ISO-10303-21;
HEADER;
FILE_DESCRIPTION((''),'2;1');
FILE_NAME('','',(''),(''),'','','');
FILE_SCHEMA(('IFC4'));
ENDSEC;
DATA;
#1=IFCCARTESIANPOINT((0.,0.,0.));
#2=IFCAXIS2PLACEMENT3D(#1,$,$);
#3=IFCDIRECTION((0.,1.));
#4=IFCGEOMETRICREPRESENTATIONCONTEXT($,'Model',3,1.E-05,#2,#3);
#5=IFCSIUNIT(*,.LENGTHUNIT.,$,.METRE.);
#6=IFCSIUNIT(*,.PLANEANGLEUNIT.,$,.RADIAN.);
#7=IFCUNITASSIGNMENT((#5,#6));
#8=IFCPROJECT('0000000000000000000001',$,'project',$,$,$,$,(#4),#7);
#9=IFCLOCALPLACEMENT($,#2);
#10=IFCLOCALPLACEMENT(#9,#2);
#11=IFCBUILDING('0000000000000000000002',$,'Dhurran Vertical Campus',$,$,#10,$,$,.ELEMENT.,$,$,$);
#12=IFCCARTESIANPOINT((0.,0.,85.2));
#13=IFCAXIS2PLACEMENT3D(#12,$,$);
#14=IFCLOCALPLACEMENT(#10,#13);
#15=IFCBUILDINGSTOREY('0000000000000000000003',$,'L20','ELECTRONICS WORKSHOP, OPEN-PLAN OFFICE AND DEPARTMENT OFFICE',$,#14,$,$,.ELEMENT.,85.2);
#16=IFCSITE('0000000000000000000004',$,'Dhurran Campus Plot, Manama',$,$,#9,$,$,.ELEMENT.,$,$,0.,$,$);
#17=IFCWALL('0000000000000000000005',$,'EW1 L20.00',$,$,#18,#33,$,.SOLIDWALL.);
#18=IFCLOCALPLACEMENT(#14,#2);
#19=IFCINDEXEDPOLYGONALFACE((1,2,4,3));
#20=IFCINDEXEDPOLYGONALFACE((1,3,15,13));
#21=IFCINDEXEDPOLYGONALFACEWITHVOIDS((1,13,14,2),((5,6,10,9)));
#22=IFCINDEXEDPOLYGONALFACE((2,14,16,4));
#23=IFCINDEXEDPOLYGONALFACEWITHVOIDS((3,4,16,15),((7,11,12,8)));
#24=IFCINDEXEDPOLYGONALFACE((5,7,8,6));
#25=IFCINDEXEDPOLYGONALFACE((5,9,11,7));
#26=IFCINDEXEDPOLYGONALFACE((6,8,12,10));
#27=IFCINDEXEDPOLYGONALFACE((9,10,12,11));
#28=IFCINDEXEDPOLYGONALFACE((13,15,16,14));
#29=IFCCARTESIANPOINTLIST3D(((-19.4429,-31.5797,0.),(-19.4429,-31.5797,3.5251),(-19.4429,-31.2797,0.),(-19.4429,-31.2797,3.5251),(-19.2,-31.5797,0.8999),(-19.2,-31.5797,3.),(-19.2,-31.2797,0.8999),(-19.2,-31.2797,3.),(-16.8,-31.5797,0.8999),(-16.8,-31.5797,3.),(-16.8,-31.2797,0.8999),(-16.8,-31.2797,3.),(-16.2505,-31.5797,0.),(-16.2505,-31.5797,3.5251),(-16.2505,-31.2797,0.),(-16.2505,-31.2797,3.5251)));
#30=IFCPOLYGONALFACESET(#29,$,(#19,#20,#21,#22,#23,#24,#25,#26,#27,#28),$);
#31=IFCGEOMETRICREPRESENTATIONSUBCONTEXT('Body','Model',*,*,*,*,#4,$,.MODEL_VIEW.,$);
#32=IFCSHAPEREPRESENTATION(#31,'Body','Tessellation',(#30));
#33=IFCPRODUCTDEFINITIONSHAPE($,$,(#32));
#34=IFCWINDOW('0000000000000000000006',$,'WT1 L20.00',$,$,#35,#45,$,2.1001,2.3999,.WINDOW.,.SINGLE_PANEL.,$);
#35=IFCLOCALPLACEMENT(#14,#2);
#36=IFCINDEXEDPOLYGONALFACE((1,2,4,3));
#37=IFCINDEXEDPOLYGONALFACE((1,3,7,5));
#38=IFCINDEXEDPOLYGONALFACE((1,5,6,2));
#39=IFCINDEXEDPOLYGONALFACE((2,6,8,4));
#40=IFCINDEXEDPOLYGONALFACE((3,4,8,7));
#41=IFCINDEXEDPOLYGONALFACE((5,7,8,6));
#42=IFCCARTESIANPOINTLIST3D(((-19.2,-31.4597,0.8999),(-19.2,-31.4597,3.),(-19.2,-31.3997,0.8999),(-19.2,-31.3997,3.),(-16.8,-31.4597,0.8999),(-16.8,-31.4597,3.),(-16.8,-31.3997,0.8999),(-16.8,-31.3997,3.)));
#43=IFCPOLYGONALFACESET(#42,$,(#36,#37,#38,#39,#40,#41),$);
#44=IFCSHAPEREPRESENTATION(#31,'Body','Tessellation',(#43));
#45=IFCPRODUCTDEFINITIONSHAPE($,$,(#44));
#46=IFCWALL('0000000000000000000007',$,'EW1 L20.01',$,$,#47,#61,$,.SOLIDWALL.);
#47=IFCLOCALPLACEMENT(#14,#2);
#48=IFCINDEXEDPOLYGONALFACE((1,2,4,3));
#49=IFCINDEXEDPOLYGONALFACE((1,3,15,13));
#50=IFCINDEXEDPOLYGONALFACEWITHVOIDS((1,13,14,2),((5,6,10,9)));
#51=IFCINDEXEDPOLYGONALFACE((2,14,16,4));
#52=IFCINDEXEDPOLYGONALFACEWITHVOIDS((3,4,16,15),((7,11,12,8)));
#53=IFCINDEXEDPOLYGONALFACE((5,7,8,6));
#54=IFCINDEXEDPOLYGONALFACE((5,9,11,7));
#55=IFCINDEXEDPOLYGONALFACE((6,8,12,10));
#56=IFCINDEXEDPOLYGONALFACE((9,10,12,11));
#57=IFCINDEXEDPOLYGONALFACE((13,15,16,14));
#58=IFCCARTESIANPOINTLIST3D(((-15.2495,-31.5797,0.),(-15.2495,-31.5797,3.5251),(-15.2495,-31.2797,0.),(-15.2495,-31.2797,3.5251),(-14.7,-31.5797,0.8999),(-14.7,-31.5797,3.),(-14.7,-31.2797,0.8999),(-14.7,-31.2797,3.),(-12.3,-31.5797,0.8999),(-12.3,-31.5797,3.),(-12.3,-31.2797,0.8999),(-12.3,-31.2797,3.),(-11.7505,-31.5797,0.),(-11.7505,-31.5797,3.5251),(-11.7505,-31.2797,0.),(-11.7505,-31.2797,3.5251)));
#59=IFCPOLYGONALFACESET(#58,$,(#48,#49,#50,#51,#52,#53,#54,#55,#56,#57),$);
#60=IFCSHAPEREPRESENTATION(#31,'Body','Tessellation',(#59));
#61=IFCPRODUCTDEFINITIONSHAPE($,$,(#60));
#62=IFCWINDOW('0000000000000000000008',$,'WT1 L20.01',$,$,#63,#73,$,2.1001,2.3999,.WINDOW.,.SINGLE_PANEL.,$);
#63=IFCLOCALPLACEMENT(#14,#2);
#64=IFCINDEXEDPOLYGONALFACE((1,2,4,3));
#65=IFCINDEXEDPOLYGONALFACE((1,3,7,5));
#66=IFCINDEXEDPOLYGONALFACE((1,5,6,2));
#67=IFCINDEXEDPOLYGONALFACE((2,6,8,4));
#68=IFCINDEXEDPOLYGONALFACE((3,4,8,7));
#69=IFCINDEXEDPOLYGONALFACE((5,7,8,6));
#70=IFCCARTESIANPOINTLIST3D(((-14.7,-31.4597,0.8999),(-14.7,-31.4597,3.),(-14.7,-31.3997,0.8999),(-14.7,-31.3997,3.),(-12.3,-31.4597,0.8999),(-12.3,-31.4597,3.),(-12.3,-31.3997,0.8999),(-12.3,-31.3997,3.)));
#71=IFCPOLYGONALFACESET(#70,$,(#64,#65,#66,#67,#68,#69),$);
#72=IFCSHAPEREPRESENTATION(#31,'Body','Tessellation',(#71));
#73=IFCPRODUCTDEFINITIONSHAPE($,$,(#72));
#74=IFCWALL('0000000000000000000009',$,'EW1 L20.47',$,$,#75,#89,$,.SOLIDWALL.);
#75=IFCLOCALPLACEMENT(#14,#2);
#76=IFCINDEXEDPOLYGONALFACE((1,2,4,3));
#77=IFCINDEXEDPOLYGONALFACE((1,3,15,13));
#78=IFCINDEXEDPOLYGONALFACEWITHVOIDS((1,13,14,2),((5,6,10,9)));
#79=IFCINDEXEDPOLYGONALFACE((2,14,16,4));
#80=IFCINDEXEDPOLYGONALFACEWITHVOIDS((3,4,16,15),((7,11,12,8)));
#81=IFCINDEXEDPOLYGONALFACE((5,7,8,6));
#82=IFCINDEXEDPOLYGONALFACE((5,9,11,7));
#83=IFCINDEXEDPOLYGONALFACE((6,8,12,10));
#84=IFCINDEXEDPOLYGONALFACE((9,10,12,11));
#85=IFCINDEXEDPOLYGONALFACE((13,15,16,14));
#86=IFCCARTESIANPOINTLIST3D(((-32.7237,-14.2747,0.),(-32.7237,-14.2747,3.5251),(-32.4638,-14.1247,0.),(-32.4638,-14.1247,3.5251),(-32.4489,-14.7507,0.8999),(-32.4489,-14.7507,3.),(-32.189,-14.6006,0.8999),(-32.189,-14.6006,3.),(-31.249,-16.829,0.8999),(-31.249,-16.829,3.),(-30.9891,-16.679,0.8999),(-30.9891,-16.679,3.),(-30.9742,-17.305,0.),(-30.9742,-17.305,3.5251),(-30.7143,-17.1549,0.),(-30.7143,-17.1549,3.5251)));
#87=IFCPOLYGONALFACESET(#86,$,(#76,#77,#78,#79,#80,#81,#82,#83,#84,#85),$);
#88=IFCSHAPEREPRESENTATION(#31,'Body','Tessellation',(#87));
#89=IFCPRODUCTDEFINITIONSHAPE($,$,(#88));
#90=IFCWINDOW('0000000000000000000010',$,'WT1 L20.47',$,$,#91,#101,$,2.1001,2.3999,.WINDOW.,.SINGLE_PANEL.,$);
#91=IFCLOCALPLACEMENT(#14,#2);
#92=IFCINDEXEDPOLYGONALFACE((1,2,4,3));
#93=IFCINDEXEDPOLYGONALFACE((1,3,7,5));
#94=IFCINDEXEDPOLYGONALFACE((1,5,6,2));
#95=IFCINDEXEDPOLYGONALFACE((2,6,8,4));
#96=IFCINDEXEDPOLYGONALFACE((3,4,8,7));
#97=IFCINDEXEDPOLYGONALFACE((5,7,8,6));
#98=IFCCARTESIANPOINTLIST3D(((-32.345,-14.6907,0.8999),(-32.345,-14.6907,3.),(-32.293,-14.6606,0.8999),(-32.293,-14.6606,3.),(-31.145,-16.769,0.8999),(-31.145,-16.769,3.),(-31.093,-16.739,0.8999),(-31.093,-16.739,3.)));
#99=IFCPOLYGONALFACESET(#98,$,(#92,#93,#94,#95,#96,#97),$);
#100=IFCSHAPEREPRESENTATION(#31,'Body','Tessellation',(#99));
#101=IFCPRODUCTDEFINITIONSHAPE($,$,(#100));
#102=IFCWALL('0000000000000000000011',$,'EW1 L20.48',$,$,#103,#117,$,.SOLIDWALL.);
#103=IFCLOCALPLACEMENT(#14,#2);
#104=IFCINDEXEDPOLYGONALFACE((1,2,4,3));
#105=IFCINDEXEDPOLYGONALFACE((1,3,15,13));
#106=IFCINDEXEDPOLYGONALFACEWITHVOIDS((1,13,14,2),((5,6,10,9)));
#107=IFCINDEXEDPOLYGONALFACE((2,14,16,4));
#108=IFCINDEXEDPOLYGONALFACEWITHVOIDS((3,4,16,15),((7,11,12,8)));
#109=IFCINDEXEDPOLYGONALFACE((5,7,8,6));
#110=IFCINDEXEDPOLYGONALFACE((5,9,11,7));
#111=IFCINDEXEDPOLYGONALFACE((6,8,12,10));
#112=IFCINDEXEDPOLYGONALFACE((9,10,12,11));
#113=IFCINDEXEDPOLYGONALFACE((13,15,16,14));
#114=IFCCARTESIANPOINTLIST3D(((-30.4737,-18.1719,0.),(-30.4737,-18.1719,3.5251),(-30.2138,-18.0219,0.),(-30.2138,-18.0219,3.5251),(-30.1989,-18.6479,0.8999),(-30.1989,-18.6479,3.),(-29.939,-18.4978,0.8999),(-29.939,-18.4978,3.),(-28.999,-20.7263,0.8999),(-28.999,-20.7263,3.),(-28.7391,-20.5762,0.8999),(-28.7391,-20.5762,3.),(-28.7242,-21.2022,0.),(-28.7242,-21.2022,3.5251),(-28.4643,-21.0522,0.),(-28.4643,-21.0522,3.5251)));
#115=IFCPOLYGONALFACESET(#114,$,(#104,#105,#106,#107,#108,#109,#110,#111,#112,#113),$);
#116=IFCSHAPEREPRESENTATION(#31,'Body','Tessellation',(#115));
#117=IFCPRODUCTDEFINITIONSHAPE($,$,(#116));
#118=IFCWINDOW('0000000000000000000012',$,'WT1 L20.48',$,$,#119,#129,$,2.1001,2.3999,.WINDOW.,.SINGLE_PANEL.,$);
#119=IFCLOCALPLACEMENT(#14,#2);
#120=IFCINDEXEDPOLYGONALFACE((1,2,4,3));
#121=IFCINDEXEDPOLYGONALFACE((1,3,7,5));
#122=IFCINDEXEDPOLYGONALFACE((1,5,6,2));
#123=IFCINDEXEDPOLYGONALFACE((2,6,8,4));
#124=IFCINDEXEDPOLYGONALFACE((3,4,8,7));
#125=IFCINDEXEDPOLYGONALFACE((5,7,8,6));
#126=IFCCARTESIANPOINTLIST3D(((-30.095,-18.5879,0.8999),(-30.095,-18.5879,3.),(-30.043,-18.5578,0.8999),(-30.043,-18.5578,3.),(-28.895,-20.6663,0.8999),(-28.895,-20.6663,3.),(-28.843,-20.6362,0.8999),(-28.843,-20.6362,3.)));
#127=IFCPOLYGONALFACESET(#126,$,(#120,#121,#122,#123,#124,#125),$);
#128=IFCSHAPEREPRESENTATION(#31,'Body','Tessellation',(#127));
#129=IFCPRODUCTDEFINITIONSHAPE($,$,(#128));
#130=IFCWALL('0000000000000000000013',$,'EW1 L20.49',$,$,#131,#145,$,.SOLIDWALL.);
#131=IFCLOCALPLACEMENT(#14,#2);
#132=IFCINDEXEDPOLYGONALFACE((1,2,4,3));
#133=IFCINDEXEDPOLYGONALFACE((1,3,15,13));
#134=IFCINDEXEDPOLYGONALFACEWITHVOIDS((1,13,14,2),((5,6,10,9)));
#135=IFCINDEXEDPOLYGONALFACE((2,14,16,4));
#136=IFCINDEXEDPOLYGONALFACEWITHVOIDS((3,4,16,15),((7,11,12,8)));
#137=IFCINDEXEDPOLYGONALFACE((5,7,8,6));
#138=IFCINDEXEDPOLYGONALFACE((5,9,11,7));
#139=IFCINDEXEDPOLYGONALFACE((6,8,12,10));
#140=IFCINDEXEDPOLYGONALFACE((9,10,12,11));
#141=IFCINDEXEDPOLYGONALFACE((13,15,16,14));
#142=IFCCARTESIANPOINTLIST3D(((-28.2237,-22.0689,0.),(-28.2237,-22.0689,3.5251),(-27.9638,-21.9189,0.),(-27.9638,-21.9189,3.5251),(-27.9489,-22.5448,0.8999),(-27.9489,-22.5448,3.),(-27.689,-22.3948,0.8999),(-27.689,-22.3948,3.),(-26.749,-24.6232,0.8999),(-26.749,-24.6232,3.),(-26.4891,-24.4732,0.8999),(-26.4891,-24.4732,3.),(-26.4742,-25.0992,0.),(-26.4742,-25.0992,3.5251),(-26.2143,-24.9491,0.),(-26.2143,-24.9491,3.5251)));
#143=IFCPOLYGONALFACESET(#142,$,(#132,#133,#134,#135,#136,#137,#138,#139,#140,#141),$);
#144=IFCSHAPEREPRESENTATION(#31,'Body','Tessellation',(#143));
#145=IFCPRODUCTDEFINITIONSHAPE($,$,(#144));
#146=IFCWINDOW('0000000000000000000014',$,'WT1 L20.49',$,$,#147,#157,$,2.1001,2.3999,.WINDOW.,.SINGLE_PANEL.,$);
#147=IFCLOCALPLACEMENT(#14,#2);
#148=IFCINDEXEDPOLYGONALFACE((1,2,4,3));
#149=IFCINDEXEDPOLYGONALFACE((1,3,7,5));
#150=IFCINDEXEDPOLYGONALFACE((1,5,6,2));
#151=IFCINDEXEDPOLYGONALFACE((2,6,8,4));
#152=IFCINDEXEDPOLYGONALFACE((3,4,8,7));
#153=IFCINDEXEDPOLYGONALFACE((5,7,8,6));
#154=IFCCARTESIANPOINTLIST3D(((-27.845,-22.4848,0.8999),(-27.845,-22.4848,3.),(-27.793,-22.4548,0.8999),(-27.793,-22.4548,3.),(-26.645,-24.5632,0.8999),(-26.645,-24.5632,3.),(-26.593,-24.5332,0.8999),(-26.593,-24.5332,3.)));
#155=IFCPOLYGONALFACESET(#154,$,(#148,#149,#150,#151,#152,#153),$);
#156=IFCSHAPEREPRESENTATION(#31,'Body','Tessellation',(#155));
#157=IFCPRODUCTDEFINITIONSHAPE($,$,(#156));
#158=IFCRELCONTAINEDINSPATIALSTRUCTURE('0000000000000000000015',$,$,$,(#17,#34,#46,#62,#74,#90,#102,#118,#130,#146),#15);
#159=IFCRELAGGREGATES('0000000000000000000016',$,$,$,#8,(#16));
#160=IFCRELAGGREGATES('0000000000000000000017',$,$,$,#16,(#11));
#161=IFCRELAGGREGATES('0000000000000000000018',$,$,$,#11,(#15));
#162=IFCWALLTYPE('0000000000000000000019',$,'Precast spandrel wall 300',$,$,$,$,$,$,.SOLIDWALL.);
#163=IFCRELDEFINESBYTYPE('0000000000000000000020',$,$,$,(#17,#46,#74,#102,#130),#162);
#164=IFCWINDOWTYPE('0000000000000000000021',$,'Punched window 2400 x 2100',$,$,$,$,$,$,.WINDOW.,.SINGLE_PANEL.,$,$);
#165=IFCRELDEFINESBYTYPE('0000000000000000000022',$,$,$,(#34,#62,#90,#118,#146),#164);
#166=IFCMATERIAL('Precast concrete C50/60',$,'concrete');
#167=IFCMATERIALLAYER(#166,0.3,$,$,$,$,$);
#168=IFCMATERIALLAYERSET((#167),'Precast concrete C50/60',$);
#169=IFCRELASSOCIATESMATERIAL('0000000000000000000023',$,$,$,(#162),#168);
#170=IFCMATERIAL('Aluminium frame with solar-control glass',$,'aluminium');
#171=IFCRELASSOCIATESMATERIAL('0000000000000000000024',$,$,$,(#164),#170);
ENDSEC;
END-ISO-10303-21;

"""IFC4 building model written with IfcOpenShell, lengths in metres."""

from ifc_helpers import new_model, si_unit, direction, frame, frame_2d, origin, place, context, subcontext, project, spatial, rectangle, extrude, material, layer, layer_set, type_object, element, fill, save


model = new_model("IFC4")

# Units and contexts
model_context = context("Model", 3, precision=1e-05, world=origin(), true_north=direction((0.0, 1.0)))
body_context = subcontext(model_context, "Body", "Model", "MODEL_VIEW")
ifc_project = project(units=[si_unit("LENGTHUNIT", "METRE"), si_unit("PLANEANGLEUNIT", "RADIAN")], contexts=[model_context])

# Site, building, storey
site_placement = place(None, origin())
site = spatial("IfcSite", under=ifc_project, at=site_placement, Name="Dhurran Campus Plot, Manama", CompositionType="ELEMENT", RefElevation=0.0)
building_placement = place(site_placement, origin())
building = spatial("IfcBuilding", under=site, at=building_placement, Name="Dhurran Vertical Campus", CompositionType="ELEMENT")
storey_placement = place(building_placement, frame((0.0, 0.0, 85.2)))
storey = spatial("IfcBuildingStorey", under=building, at=storey_placement, Name="L20", Description="ELECTRONICS WORKSHOP, OPEN-PLAN OFFICE AND DEPARTMENT OFFICE", CompositionType="ELEMENT", Elevation=85.2)

# Walls, openings, windows
ifc_material_1 = material(Name="Precast concrete C50/60", Category="concrete")
ifc_layer_1 = layer(ifc_material_1, 0.3)
ifc_layer_set_1 = layer_set([ifc_layer_1], Name="Precast concrete C50/60")
wall_type_1 = type_object("IfcWallType", Name="Precast spandrel wall 300", PredefinedType="SOLIDWALL", material=ifc_layer_set_1)
wall_1_placement = place(storey_placement, frame((-19.4429, -31.4297, 0.0), z_axis=(0.0, 0.0, 1.0), x_axis=(1.0, 0.0, 0.0)))
wall_1 = element("IfcWall", 1, at=wall_1_placement, inside=storey, type_object=wall_type_1, Name="EW1 L20.00", PredefinedType="SOLIDWALL", context=body_context, shape_type="SweptSolid", body=[
    extrude(rectangle(XDim=3.1924, YDim=0.3, at=frame_2d((1.5962, 0.0))), origin(), (0.0, 0.0, 1.0), 3.5251),
])
opening_1_placement = place(wall_1_placement, frame((0.2429, 0.0, 0.8999)))
opening_1 = element("IfcOpeningElement", 2, at=opening_1_placement, cuts=wall_1, PredefinedType="OPENING", context=body_context, shape_type="SweptSolid", body=[
    extrude(rectangle(XDim=2.3999, YDim=2.1001, at=frame_2d((1.2, 1.05))), frame((0.0, 0.1599, 0.0), z_axis=(0.0, -1.0, 0.0), x_axis=(1.0, 0.0, 0.0)), (0.0, 0.0, 1.0), 0.3201),
])
ifc_material_2 = material(Name="Aluminium frame with solar-control glass", Category="aluminium")
window_type = type_object("IfcWindowType", Name="Punched window 2400 x 2100", PartitioningType="SINGLE_PANEL", PredefinedType="WINDOW", material=ifc_material_2)
window_1_placement = place(opening_1_placement, origin())
window_1 = element("IfcWindow", 3, at=window_1_placement, inside=storey, type_object=window_type, Name="WT1 L20.00", OverallHeight=2.1001, OverallWidth=2.3999, PartitioningType="SINGLE_PANEL", PredefinedType="WINDOW", context=body_context, shape_type="SweptSolid", body=[
    extrude(rectangle(XDim=2.3999, YDim=2.1001, at=frame_2d((1.2, 1.05))), frame((0.0, 0.03, 0.0), z_axis=(0.0, -1.0, 0.0), x_axis=(1.0, 0.0, 0.0)), (0.0, 0.0, 1.0), 0.0601),
])
fill(opening_1, window_1)
wall_2_placement = place(storey_placement, frame((-15.2495, -31.4297, 0.0), z_axis=(0.0, 0.0, 1.0), x_axis=(1.0, 0.0, 0.0)))
wall_2 = element("IfcWall", 4, at=wall_2_placement, inside=storey, type_object=wall_type_1, Name="EW1 L20.01", PredefinedType="SOLIDWALL", context=body_context, shape_type="SweptSolid", body=[
    extrude(rectangle(XDim=3.499, YDim=0.3, at=frame_2d((1.7495, 0.0))), origin(), (0.0, 0.0, 1.0), 3.5251),
])
opening_2_placement = place(wall_2_placement, frame((0.5496, 0.0, 0.8999)))
opening_2 = element("IfcOpeningElement", 5, at=opening_2_placement, cuts=wall_2, PredefinedType="OPENING", context=body_context, shape_type="SweptSolid", body=[
    extrude(rectangle(XDim=2.3999, YDim=2.1001, at=frame_2d((1.2, 1.05))), frame((0.0, 0.1599, 0.0), z_axis=(0.0, -1.0, 0.0), x_axis=(1.0, 0.0, 0.0)), (0.0, 0.0, 1.0), 0.3201),
])
window_2_placement = place(opening_2_placement, origin())
window_2 = element("IfcWindow", 6, at=window_2_placement, inside=storey, type_object=window_type, Name="WT1 L20.01", OverallHeight=2.1001, OverallWidth=2.3999, PartitioningType="SINGLE_PANEL", PredefinedType="WINDOW", context=body_context, shape_type="SweptSolid", body=[
    extrude(rectangle(XDim=2.3999, YDim=2.1001, at=frame_2d((1.2, 1.05))), frame((0.0, 0.03, 0.0), z_axis=(0.0, -1.0, 0.0), x_axis=(1.0, 0.0, 0.0)), (0.0, 0.0, 1.0), 0.0601),
])
fill(opening_2, window_2)
wall_3_placement = place(storey_placement, frame((-32.5938, -14.1997, 0.0), z_axis=(0.0, 0.0, 1.0), x_axis=(0.499996, -0.866028, 0.0)))
wall_3 = element("IfcWall", 7, at=wall_3_placement, inside=storey, type_object=wall_type_1, Name="EW1 L20.47", PredefinedType="SOLIDWALL", context=body_context, shape_type="SweptSolid", body=[
    extrude(rectangle(XDim=3.499, YDim=0.3, at=frame_2d((1.7495, 0.0))), origin(), (0.0, 0.0, 1.0), 3.5251),
])
opening_3_placement = place(wall_3_placement, frame((0.5496, 0.0, 0.8999)))
opening_3 = element("IfcOpeningElement", 8, at=opening_3_placement, cuts=wall_3, PredefinedType="OPENING", context=body_context, shape_type="SweptSolid", body=[
    extrude(rectangle(XDim=2.3999, YDim=2.1001, at=frame_2d((1.2, 1.05))), frame((0.0, 0.1599, 0.0), z_axis=(0.0, -1.0, 0.0), x_axis=(1.0, 0.0, 0.0)), (0.0, 0.0, 1.0), 0.3201),
])
window_3_placement = place(opening_3_placement, origin())
window_3 = element("IfcWindow", 9, at=window_3_placement, inside=storey, type_object=window_type, Name="WT1 L20.47", OverallHeight=2.1001, OverallWidth=2.3999, PartitioningType="SINGLE_PANEL", PredefinedType="WINDOW", context=body_context, shape_type="SweptSolid", body=[
    extrude(rectangle(XDim=2.3999, YDim=2.1001, at=frame_2d((1.2, 1.05))), frame((0.0, 0.03, 0.0), z_axis=(0.0, -1.0, 0.0), x_axis=(1.0, 0.0, 0.0)), (0.0, 0.0, 1.0), 0.0601),
])
fill(opening_3, window_3)
wall_4_placement = place(storey_placement, frame((-30.3438, -18.0969, 0.0), z_axis=(0.0, 0.0, 1.0), x_axis=(0.499996, -0.866028, 0.0)))
wall_4 = element("IfcWall", 10, at=wall_4_placement, inside=storey, type_object=wall_type_1, Name="EW1 L20.48", PredefinedType="SOLIDWALL", context=body_context, shape_type="SweptSolid", body=[
    extrude(rectangle(XDim=3.499, YDim=0.3, at=frame_2d((1.7495, 0.0))), origin(), (0.0, 0.0, 1.0), 3.5251),
])
opening_4_placement = place(wall_4_placement, frame((0.5496, 0.0, 0.8999)))
opening_4 = element("IfcOpeningElement", 11, at=opening_4_placement, cuts=wall_4, PredefinedType="OPENING", context=body_context, shape_type="SweptSolid", body=[
    extrude(rectangle(XDim=2.3999, YDim=2.1001, at=frame_2d((1.2, 1.05))), frame((0.0, 0.1599, 0.0), z_axis=(0.0, -1.0, 0.0), x_axis=(1.0, 0.0, 0.0)), (0.0, 0.0, 1.0), 0.3201),
])
window_4_placement = place(opening_4_placement, origin())
window_4 = element("IfcWindow", 12, at=window_4_placement, inside=storey, type_object=window_type, Name="WT1 L20.48", OverallHeight=2.1001, OverallWidth=2.3999, PartitioningType="SINGLE_PANEL", PredefinedType="WINDOW", context=body_context, shape_type="SweptSolid", body=[
    extrude(rectangle(XDim=2.3999, YDim=2.1001, at=frame_2d((1.2, 1.05))), frame((0.0, 0.03, 0.0), z_axis=(0.0, -1.0, 0.0), x_axis=(1.0, 0.0, 0.0)), (0.0, 0.0, 1.0), 0.0601),
])
fill(opening_4, window_4)
wall_5_placement = place(storey_placement, frame((-28.0938, -21.9939, 0.0), z_axis=(0.0, 0.0, 1.0), x_axis=(0.499996, -0.866028, 0.0)))
wall_5 = element("IfcWall", 13, at=wall_5_placement, inside=storey, type_object=wall_type_1, Name="EW1 L20.49", PredefinedType="SOLIDWALL", context=body_context, shape_type="SweptSolid", body=[
    extrude(rectangle(XDim=3.499, YDim=0.3, at=frame_2d((1.7495, 0.0))), origin(), (0.0, 0.0, 1.0), 3.5251),
])
opening_5_placement = place(wall_5_placement, frame((0.5496, 0.0, 0.8999)))
opening_5 = element("IfcOpeningElement", 14, at=opening_5_placement, cuts=wall_5, PredefinedType="OPENING", context=body_context, shape_type="SweptSolid", body=[
    extrude(rectangle(XDim=2.3999, YDim=2.1001, at=frame_2d((1.2, 1.05))), frame((0.0, 0.1599, 0.0), z_axis=(0.0, -1.0, 0.0), x_axis=(1.0, 0.0, 0.0)), (0.0, 0.0, 1.0), 0.3201),
])
window_5_placement = place(opening_5_placement, origin())
window_5 = element("IfcWindow", 15, at=window_5_placement, inside=storey, type_object=window_type, Name="WT1 L20.49", OverallHeight=2.1001, OverallWidth=2.3999, PartitioningType="SINGLE_PANEL", PredefinedType="WINDOW", context=body_context, shape_type="SweptSolid", body=[
    extrude(rectangle(XDim=2.3999, YDim=2.1001, at=frame_2d((1.2, 1.05))), frame((0.0, 0.03, 0.0), z_axis=(0.0, -1.0, 0.0), x_axis=(1.0, 0.0, 0.0)), (0.0, 0.0, 1.0), 0.0601),
])
fill(opening_5, window_5)

save(model, "model.ifc")
